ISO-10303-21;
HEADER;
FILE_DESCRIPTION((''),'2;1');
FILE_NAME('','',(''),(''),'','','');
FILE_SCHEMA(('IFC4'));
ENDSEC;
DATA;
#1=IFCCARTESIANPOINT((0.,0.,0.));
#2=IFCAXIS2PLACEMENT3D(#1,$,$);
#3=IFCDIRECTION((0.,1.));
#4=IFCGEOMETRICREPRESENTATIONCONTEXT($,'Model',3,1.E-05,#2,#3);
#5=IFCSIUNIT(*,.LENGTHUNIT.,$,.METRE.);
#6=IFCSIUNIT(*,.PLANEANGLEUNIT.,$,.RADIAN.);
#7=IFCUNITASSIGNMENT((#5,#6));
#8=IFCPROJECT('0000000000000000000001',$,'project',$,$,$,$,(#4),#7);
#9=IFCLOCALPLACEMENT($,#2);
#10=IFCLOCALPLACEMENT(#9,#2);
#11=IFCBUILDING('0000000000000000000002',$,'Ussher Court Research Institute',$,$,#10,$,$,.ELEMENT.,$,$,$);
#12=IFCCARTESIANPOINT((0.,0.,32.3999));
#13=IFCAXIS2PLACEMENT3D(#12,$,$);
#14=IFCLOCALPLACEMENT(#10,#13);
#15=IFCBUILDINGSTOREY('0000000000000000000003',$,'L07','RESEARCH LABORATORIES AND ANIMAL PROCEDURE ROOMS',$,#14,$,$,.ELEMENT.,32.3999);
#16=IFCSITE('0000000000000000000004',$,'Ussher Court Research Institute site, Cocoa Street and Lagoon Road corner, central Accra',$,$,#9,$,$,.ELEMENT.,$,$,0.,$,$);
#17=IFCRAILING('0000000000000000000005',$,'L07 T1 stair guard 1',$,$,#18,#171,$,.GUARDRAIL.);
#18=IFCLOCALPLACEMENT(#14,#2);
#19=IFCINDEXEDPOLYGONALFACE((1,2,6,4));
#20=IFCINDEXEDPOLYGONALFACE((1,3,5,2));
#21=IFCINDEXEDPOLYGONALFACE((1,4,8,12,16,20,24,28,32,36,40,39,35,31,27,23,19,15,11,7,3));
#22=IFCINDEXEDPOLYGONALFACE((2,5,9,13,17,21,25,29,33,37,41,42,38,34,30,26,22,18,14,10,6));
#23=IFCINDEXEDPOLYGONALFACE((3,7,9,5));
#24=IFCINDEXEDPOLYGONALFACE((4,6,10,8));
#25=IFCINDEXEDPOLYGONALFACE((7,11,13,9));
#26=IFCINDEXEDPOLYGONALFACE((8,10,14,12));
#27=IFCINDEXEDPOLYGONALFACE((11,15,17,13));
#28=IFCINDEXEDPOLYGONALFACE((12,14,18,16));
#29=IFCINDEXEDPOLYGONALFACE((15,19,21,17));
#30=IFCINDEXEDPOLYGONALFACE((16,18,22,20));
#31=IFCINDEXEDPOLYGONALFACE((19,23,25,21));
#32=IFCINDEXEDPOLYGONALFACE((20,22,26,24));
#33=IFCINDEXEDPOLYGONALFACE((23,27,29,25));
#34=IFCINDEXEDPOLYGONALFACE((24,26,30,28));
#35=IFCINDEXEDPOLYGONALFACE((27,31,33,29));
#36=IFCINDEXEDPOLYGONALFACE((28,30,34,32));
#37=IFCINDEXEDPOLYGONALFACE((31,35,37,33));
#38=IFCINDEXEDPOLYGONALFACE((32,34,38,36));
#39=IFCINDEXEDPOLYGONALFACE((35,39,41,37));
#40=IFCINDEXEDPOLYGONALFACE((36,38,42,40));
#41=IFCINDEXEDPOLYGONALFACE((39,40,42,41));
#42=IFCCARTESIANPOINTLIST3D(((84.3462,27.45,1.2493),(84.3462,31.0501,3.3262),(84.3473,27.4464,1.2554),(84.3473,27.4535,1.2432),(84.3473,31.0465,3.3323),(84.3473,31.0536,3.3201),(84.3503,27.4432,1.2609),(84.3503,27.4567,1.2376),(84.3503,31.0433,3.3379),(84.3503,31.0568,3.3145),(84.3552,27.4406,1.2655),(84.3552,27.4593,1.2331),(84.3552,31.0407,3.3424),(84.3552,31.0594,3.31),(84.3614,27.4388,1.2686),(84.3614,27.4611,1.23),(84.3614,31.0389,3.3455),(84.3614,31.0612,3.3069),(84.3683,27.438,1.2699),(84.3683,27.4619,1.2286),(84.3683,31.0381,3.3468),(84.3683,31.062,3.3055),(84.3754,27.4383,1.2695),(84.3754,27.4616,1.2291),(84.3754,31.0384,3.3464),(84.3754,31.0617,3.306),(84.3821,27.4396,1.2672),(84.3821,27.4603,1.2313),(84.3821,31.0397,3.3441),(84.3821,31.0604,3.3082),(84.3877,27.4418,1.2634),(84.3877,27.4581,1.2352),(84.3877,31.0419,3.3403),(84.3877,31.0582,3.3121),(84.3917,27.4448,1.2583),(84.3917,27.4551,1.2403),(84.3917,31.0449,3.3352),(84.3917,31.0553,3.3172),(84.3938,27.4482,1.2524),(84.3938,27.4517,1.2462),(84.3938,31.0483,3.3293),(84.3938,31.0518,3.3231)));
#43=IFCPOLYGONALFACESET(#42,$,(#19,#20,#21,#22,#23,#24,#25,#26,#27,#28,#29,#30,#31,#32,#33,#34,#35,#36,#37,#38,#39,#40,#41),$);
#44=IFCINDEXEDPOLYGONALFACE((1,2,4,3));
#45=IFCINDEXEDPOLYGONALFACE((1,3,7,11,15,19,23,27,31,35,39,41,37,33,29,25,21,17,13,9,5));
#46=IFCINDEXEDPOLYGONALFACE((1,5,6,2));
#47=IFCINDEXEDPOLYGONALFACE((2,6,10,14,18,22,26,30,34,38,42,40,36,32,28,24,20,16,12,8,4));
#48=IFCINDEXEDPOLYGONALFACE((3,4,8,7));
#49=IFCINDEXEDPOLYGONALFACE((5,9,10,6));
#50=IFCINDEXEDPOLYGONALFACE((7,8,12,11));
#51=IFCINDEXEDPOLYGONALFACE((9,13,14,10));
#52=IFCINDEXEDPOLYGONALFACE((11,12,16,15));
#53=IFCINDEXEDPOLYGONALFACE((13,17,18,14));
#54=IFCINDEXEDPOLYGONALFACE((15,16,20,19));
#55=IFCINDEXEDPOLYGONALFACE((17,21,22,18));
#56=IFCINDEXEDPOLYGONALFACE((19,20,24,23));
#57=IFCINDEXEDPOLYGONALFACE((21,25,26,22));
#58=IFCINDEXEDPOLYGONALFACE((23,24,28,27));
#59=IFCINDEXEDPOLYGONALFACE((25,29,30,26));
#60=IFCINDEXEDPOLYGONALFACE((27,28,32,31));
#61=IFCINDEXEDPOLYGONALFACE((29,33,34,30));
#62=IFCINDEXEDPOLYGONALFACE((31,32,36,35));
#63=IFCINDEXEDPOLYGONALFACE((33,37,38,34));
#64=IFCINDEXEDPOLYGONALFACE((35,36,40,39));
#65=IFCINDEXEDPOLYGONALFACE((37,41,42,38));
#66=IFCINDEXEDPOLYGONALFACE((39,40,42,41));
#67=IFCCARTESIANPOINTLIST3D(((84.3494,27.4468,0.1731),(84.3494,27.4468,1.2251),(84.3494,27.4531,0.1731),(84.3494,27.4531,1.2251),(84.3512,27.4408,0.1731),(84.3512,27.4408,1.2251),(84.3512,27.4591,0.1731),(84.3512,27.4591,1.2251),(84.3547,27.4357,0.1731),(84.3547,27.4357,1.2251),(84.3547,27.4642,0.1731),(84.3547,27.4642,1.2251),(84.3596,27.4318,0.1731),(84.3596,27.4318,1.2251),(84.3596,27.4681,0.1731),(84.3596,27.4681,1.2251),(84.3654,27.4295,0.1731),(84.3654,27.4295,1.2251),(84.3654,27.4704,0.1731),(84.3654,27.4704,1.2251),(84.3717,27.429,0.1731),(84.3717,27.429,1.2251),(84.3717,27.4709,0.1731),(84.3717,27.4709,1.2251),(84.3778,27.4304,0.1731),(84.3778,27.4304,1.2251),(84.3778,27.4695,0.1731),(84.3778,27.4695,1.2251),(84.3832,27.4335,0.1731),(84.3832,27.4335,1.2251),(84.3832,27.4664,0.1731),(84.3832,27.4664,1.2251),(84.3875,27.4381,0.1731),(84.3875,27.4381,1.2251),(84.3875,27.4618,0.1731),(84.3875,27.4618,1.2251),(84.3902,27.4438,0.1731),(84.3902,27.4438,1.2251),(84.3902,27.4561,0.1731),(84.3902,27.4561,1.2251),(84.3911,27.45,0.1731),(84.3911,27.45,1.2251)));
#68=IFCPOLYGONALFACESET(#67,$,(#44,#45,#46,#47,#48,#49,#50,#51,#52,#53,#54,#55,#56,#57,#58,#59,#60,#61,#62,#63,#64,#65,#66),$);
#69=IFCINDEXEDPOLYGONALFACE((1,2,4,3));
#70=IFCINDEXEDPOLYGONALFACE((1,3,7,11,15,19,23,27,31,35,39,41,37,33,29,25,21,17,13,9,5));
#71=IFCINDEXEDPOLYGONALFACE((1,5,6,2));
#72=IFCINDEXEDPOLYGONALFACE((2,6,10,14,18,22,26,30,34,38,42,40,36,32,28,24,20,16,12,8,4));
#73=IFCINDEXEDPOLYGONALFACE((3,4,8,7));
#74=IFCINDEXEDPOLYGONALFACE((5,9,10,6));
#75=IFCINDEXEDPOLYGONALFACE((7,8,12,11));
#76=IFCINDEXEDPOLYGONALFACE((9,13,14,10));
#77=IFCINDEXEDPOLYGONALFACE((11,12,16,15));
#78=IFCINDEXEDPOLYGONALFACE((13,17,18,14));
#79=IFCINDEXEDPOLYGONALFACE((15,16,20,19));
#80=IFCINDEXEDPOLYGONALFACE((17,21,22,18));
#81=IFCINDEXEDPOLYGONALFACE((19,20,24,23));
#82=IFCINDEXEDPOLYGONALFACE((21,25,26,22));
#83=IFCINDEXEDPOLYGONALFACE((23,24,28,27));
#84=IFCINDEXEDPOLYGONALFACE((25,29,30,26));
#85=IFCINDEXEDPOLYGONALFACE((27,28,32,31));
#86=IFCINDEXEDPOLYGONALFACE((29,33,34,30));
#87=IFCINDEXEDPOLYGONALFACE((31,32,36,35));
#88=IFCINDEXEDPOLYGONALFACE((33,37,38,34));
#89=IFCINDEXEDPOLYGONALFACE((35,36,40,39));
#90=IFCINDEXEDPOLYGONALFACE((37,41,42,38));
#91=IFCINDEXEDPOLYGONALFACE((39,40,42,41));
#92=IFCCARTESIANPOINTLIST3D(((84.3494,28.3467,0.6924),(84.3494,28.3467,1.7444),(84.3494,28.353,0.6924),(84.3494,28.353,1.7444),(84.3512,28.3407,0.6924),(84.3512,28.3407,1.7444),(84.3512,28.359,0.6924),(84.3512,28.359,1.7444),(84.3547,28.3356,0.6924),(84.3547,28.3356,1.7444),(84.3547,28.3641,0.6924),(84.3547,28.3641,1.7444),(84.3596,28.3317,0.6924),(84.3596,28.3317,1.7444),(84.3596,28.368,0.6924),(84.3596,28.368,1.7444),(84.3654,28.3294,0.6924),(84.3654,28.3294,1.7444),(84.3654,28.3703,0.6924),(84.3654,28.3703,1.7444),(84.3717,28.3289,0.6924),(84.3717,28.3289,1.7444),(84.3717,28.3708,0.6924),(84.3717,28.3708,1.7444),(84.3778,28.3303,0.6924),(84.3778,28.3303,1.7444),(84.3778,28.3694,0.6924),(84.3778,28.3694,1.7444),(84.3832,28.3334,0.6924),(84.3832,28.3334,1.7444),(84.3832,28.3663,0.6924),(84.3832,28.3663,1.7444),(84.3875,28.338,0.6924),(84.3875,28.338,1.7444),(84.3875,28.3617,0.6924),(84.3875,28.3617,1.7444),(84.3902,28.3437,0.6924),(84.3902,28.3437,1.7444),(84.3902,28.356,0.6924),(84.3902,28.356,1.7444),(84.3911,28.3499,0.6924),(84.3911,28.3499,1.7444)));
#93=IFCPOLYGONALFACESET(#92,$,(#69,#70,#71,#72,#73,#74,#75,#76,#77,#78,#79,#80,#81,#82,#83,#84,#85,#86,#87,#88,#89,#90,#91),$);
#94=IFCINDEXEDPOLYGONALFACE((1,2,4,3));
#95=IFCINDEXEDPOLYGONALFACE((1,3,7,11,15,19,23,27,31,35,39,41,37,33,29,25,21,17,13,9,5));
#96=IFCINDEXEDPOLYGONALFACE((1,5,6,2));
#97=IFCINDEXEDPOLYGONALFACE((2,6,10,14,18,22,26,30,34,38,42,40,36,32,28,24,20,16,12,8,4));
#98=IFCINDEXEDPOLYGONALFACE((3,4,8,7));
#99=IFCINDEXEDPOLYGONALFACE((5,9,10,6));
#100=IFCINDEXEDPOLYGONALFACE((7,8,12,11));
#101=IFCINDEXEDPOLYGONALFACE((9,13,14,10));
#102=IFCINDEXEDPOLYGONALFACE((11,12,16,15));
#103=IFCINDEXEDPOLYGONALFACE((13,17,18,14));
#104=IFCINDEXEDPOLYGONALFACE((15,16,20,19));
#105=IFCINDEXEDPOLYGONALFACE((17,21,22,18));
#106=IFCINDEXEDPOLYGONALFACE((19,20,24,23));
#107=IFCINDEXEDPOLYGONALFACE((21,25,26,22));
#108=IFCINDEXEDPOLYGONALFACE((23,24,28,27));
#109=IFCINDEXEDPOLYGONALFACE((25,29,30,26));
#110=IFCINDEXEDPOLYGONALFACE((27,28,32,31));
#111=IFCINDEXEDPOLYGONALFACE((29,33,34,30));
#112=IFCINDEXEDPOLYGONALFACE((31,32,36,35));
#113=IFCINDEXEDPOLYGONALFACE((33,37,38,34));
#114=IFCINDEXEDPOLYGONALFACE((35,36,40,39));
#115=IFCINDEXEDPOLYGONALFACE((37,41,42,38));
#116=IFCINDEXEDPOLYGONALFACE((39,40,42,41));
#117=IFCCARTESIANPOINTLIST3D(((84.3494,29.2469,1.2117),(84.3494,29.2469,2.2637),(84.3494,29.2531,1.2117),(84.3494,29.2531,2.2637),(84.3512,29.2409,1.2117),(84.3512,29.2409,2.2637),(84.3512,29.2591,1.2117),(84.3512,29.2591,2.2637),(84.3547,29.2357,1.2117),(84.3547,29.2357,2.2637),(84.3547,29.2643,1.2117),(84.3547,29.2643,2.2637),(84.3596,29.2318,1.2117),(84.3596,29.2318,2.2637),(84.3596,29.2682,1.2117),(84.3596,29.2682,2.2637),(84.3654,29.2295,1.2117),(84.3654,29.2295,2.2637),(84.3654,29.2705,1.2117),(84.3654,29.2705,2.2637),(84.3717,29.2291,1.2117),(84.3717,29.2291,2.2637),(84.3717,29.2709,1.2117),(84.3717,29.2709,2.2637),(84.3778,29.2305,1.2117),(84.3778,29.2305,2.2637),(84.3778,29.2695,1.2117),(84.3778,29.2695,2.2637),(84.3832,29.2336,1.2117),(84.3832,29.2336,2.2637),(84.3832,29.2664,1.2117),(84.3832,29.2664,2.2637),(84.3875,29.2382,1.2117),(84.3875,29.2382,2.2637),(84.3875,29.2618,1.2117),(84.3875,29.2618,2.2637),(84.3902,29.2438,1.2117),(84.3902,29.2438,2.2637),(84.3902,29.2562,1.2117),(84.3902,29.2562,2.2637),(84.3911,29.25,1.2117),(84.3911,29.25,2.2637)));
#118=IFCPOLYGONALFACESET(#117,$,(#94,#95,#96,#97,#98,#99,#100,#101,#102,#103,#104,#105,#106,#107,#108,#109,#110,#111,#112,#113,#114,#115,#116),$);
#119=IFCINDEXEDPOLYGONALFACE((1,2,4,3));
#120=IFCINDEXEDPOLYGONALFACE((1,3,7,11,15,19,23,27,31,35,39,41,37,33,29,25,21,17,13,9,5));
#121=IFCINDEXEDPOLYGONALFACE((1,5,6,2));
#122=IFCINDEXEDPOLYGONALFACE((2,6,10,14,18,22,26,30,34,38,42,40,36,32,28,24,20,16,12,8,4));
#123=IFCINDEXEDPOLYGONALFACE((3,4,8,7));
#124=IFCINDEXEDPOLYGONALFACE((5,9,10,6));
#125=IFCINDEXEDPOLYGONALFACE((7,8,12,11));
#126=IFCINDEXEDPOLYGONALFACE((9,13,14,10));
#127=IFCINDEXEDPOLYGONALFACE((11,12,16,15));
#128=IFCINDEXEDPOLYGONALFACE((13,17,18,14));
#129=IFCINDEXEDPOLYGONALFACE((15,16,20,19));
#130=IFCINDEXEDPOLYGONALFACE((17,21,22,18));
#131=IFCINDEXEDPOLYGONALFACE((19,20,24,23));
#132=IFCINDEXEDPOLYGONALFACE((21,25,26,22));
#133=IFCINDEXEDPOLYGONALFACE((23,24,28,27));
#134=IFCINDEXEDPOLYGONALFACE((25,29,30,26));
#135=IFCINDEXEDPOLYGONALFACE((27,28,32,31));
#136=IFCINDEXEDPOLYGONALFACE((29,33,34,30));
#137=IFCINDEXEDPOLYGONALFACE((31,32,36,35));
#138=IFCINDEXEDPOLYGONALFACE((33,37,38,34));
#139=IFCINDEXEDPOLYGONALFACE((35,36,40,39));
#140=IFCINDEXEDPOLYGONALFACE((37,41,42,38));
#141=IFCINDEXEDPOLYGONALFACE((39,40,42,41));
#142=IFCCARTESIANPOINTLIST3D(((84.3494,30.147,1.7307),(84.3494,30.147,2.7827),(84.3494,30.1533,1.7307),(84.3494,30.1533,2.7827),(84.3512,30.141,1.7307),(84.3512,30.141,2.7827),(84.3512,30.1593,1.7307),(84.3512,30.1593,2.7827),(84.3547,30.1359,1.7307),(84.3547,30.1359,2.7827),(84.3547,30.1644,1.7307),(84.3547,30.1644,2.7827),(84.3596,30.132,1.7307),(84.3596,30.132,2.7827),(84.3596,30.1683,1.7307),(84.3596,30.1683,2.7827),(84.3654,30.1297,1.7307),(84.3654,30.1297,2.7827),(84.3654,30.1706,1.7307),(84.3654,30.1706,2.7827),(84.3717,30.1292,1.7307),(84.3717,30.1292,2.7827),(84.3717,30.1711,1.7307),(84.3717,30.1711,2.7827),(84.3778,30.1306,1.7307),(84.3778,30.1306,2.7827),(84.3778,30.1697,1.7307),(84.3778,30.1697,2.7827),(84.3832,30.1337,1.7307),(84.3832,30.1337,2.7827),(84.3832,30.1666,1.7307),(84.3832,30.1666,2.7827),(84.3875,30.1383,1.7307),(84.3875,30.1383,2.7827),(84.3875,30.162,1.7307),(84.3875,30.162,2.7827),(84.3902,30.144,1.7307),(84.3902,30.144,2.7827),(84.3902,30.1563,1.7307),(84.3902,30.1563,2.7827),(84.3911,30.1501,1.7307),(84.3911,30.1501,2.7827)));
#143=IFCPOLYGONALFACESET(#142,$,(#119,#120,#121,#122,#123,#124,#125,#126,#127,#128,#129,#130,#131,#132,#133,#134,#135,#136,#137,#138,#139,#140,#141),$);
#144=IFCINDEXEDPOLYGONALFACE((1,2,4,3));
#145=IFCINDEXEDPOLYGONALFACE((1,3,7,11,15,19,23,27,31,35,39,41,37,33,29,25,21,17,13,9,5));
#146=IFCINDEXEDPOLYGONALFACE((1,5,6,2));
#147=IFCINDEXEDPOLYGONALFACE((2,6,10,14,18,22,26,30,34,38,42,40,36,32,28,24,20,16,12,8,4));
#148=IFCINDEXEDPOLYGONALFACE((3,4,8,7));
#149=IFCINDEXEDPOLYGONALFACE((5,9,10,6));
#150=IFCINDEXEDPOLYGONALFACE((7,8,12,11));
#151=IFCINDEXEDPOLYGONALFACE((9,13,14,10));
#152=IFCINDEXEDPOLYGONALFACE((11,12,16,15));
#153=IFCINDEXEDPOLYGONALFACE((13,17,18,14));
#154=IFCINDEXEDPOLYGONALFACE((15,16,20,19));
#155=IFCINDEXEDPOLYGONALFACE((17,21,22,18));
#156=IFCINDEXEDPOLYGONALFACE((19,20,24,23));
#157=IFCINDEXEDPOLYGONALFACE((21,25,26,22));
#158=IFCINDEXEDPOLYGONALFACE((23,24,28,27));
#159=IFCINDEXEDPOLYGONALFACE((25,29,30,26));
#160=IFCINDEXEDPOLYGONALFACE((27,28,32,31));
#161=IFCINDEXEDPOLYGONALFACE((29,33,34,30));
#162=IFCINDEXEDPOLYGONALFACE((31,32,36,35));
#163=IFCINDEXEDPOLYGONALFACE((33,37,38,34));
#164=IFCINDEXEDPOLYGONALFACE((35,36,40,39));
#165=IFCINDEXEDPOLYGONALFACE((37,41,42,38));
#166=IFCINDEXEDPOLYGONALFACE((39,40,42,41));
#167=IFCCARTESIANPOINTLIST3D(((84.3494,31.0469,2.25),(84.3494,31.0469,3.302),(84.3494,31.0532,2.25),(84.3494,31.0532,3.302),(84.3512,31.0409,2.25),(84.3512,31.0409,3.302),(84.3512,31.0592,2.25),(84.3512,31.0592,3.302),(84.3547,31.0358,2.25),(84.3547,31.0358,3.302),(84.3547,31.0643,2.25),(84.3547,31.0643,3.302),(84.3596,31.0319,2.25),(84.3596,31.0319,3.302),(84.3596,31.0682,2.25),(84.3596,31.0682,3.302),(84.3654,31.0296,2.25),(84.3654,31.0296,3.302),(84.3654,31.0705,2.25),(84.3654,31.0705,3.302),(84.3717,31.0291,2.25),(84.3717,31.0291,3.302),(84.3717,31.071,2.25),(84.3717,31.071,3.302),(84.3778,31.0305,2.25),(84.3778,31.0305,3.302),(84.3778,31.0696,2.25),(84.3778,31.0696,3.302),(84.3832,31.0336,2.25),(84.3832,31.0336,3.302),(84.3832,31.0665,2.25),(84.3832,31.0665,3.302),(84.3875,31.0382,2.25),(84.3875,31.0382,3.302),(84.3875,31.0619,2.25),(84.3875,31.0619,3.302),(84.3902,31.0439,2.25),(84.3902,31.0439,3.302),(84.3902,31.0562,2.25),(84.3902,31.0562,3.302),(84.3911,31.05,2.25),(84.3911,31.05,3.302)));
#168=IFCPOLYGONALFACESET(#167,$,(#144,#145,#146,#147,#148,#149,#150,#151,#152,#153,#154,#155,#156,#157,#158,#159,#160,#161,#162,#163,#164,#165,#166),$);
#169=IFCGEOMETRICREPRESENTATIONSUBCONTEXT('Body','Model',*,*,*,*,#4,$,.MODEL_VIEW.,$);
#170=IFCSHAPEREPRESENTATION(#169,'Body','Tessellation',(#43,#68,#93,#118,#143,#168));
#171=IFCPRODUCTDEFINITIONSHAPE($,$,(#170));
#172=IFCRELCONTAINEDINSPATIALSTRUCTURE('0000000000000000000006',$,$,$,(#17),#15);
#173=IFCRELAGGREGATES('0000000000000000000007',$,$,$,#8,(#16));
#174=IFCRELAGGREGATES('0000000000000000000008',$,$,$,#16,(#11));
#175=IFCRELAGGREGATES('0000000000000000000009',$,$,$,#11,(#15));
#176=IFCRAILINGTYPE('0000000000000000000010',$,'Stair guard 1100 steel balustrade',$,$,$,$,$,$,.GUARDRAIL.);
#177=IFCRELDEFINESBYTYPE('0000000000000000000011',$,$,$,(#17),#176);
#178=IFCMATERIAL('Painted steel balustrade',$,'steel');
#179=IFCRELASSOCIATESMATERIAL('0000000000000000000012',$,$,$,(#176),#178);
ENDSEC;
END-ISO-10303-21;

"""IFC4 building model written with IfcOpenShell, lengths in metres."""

from ifc_helpers import new_model, si_unit, direction, frame, origin, origin_2d, place, context, subcontext, project, spatial, circle, extrude, material, type_object, element, save


model = new_model("IFC4")

# Units and contexts
model_context = context("Model", 3, precision=1e-05, world=origin(), true_north=direction((0.0, 1.0)))
body_context = subcontext(model_context, "Body", "Model", "MODEL_VIEW")
ifc_project = project(units=[si_unit("LENGTHUNIT", "METRE"), si_unit("PLANEANGLEUNIT", "RADIAN")], contexts=[model_context])

# Site, building, storey
site_placement = place(None, origin())
site = spatial("IfcSite", under=ifc_project, at=site_placement, Name="Ussher Court Research Institute site, Cocoa Street and Lagoon Road corner, central Accra", CompositionType="ELEMENT", RefElevation=0.0)
building_placement = place(site_placement, origin())
building = spatial("IfcBuilding", under=site, at=building_placement, Name="Ussher Court Research Institute", CompositionType="ELEMENT")
storey_placement = place(building_placement, frame((0.0, 0.0, 32.3999)))
storey = spatial("IfcBuildingStorey", under=building, at=storey_placement, Name="L07", Description="RESEARCH LABORATORIES AND ANIMAL PROCEDURE ROOMS", CompositionType="ELEMENT", Elevation=32.3999)

# Railing
ifc_material_1 = material(Name="Painted steel balustrade", Category="steel")
railing_type_1 = type_object("IfcRailingType", Name="Stair guard 1100 steel balustrade", PredefinedType="GUARDRAIL", material=ifc_material_1)
railing_1_placement = place(storey_placement, frame((84.3701, 27.45, 0.1731)))
element("IfcRailing", 1, at=railing_1_placement, inside=storey, type_object=railing_type_1, Name="L07 T1 stair guard 1", PredefinedType="GUARDRAIL", context=body_context, shape_type="SweptSolid", body=[
    extrude(circle(Radius=0.0239, at=origin_2d()), frame((0.0, 0.0, 1.0762), z_axis=(0.0, 0.866193, 0.499709), x_axis=(-1.0, 0.0, 0.0)), (0.0, 0.0, 1.0), 4.1562),
    extrude(circle(Radius=0.021, at=origin_2d()), origin(), (0.0, 0.0, 1.0), 1.052),
    extrude(circle(Radius=0.021, at=origin_2d()), frame((0.0, 0.8999, 0.5193)), (0.0, 0.0, 1.0), 1.052),
    extrude(circle(Radius=0.021, at=origin_2d()), frame((0.0, 1.8, 1.0386)), (0.0, 0.0, 1.0), 1.052),
    extrude(circle(Radius=0.021, at=origin_2d()), frame((0.0, 2.7002, 1.5576)), (0.0, 0.0, 1.0), 1.052),
    extrude(circle(Radius=0.021, at=origin_2d()), frame((0.0, 3.6001, 2.0769)), (0.0, 0.0, 1.0), 1.052),
])

save(model, "model.ifc")
